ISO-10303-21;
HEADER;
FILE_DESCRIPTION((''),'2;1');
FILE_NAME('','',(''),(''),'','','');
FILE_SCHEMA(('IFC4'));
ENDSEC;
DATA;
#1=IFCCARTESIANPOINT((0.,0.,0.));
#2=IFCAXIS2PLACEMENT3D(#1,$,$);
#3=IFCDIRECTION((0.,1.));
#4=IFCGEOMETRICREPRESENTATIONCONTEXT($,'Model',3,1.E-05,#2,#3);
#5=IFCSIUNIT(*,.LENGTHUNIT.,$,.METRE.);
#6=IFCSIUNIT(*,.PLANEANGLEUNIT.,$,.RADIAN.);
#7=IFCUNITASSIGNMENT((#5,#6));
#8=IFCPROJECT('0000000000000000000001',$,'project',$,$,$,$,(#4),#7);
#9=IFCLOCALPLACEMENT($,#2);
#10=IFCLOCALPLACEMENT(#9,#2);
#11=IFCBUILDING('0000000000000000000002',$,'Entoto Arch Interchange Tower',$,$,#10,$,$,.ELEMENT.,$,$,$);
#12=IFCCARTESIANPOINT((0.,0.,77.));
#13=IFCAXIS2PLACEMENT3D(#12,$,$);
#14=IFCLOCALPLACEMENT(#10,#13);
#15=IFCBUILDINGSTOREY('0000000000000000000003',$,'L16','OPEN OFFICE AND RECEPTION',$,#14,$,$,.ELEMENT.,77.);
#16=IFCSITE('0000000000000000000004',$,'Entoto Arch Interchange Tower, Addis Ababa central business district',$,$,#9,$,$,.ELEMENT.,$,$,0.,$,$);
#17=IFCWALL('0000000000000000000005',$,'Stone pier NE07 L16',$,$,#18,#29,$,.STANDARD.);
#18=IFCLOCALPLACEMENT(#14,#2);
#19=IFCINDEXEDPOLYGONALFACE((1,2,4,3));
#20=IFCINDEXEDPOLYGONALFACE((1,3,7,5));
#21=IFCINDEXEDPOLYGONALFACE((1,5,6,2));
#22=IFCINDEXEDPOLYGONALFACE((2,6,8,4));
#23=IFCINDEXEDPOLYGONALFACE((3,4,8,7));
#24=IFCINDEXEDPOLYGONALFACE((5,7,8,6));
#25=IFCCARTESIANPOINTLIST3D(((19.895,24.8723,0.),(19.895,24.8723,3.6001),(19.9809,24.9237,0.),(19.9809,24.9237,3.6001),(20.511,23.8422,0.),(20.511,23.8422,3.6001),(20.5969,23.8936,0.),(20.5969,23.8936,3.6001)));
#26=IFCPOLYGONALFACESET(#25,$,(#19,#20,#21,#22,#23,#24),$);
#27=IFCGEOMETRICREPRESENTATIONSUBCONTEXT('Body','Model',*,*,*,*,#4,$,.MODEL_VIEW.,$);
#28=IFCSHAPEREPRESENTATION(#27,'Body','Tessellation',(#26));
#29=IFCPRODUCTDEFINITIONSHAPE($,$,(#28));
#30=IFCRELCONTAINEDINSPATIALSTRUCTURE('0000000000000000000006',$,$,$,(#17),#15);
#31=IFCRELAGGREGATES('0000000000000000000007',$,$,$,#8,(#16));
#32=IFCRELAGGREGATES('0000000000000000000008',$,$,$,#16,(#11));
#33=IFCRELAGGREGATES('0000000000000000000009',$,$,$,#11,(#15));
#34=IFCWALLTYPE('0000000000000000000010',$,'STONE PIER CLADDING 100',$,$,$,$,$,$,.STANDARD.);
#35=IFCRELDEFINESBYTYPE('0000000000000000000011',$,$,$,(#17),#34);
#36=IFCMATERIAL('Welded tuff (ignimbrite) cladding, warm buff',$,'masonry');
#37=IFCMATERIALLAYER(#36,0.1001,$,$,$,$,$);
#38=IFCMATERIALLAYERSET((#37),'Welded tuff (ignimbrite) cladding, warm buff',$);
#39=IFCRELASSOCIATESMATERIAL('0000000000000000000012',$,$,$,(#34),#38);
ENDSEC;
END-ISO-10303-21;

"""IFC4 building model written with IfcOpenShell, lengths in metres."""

from ifc_helpers import new_model, si_unit, direction, frame, frame_2d, origin, place, context, subcontext, project, spatial, rectangle, extrude, material, layer, layer_set, type_object, element, save


model = new_model("IFC4")

# Units and contexts
model_context = context("Model", 3, precision=1e-05, world=origin(), true_north=direction((0.0, 1.0)))
body_context = subcontext(model_context, "Body", "Model", "MODEL_VIEW")
ifc_project = project(units=[si_unit("LENGTHUNIT", "METRE"), si_unit("PLANEANGLEUNIT", "RADIAN")], contexts=[model_context])

# Site, building, storey
site_placement = place(None, origin())
site = spatial("IfcSite", under=ifc_project, at=site_placement, Name="Entoto Arch Interchange Tower, Addis Ababa central business district", CompositionType="ELEMENT", RefElevation=0.0)
building_placement = place(site_placement, origin())
building = spatial("IfcBuilding", under=site, at=building_placement, Name="Entoto Arch Interchange Tower", CompositionType="ELEMENT")
storey_placement = place(building_placement, frame((0.0, 0.0, 77.0)))
storey = spatial("IfcBuildingStorey", under=building, at=storey_placement, Name="L16", Description="OPEN OFFICE AND RECEPTION", CompositionType="ELEMENT", Elevation=77.0)

# Shared definitions
ifc_material_1 = material(Name="Welded tuff (ignimbrite) cladding, warm buff", Category="masonry")

# Wall
ifc_layer_1 = layer(ifc_material_1, 0.1001)
ifc_layer_set_1 = layer_set([ifc_layer_1], Name="Welded tuff (ignimbrite) cladding, warm buff")
wall_type_1 = type_object("IfcWallType", Name="STONE PIER CLADDING 100", PredefinedType="STANDARD", material=ifc_layer_set_1)
wall_1_placement = place(storey_placement, frame((20.554, 23.8679, 0.0), z_axis=(0.0, 0.0, 1.0), x_axis=(-0.513239, 0.858246, 0.0)))
element("IfcWall", 1, at=wall_1_placement, inside=storey, type_object=wall_type_1, Name="Stone pier NE07 L16", PredefinedType="STANDARD", context=body_context, shape_type="SweptSolid", body=[
    extrude(rectangle(XDim=1.2002, YDim=0.1001, at=frame_2d((0.6001, 0.0))), origin(), (0.0, 0.0, 1.0), 3.6001),
])

save(model, "model.ifc")
